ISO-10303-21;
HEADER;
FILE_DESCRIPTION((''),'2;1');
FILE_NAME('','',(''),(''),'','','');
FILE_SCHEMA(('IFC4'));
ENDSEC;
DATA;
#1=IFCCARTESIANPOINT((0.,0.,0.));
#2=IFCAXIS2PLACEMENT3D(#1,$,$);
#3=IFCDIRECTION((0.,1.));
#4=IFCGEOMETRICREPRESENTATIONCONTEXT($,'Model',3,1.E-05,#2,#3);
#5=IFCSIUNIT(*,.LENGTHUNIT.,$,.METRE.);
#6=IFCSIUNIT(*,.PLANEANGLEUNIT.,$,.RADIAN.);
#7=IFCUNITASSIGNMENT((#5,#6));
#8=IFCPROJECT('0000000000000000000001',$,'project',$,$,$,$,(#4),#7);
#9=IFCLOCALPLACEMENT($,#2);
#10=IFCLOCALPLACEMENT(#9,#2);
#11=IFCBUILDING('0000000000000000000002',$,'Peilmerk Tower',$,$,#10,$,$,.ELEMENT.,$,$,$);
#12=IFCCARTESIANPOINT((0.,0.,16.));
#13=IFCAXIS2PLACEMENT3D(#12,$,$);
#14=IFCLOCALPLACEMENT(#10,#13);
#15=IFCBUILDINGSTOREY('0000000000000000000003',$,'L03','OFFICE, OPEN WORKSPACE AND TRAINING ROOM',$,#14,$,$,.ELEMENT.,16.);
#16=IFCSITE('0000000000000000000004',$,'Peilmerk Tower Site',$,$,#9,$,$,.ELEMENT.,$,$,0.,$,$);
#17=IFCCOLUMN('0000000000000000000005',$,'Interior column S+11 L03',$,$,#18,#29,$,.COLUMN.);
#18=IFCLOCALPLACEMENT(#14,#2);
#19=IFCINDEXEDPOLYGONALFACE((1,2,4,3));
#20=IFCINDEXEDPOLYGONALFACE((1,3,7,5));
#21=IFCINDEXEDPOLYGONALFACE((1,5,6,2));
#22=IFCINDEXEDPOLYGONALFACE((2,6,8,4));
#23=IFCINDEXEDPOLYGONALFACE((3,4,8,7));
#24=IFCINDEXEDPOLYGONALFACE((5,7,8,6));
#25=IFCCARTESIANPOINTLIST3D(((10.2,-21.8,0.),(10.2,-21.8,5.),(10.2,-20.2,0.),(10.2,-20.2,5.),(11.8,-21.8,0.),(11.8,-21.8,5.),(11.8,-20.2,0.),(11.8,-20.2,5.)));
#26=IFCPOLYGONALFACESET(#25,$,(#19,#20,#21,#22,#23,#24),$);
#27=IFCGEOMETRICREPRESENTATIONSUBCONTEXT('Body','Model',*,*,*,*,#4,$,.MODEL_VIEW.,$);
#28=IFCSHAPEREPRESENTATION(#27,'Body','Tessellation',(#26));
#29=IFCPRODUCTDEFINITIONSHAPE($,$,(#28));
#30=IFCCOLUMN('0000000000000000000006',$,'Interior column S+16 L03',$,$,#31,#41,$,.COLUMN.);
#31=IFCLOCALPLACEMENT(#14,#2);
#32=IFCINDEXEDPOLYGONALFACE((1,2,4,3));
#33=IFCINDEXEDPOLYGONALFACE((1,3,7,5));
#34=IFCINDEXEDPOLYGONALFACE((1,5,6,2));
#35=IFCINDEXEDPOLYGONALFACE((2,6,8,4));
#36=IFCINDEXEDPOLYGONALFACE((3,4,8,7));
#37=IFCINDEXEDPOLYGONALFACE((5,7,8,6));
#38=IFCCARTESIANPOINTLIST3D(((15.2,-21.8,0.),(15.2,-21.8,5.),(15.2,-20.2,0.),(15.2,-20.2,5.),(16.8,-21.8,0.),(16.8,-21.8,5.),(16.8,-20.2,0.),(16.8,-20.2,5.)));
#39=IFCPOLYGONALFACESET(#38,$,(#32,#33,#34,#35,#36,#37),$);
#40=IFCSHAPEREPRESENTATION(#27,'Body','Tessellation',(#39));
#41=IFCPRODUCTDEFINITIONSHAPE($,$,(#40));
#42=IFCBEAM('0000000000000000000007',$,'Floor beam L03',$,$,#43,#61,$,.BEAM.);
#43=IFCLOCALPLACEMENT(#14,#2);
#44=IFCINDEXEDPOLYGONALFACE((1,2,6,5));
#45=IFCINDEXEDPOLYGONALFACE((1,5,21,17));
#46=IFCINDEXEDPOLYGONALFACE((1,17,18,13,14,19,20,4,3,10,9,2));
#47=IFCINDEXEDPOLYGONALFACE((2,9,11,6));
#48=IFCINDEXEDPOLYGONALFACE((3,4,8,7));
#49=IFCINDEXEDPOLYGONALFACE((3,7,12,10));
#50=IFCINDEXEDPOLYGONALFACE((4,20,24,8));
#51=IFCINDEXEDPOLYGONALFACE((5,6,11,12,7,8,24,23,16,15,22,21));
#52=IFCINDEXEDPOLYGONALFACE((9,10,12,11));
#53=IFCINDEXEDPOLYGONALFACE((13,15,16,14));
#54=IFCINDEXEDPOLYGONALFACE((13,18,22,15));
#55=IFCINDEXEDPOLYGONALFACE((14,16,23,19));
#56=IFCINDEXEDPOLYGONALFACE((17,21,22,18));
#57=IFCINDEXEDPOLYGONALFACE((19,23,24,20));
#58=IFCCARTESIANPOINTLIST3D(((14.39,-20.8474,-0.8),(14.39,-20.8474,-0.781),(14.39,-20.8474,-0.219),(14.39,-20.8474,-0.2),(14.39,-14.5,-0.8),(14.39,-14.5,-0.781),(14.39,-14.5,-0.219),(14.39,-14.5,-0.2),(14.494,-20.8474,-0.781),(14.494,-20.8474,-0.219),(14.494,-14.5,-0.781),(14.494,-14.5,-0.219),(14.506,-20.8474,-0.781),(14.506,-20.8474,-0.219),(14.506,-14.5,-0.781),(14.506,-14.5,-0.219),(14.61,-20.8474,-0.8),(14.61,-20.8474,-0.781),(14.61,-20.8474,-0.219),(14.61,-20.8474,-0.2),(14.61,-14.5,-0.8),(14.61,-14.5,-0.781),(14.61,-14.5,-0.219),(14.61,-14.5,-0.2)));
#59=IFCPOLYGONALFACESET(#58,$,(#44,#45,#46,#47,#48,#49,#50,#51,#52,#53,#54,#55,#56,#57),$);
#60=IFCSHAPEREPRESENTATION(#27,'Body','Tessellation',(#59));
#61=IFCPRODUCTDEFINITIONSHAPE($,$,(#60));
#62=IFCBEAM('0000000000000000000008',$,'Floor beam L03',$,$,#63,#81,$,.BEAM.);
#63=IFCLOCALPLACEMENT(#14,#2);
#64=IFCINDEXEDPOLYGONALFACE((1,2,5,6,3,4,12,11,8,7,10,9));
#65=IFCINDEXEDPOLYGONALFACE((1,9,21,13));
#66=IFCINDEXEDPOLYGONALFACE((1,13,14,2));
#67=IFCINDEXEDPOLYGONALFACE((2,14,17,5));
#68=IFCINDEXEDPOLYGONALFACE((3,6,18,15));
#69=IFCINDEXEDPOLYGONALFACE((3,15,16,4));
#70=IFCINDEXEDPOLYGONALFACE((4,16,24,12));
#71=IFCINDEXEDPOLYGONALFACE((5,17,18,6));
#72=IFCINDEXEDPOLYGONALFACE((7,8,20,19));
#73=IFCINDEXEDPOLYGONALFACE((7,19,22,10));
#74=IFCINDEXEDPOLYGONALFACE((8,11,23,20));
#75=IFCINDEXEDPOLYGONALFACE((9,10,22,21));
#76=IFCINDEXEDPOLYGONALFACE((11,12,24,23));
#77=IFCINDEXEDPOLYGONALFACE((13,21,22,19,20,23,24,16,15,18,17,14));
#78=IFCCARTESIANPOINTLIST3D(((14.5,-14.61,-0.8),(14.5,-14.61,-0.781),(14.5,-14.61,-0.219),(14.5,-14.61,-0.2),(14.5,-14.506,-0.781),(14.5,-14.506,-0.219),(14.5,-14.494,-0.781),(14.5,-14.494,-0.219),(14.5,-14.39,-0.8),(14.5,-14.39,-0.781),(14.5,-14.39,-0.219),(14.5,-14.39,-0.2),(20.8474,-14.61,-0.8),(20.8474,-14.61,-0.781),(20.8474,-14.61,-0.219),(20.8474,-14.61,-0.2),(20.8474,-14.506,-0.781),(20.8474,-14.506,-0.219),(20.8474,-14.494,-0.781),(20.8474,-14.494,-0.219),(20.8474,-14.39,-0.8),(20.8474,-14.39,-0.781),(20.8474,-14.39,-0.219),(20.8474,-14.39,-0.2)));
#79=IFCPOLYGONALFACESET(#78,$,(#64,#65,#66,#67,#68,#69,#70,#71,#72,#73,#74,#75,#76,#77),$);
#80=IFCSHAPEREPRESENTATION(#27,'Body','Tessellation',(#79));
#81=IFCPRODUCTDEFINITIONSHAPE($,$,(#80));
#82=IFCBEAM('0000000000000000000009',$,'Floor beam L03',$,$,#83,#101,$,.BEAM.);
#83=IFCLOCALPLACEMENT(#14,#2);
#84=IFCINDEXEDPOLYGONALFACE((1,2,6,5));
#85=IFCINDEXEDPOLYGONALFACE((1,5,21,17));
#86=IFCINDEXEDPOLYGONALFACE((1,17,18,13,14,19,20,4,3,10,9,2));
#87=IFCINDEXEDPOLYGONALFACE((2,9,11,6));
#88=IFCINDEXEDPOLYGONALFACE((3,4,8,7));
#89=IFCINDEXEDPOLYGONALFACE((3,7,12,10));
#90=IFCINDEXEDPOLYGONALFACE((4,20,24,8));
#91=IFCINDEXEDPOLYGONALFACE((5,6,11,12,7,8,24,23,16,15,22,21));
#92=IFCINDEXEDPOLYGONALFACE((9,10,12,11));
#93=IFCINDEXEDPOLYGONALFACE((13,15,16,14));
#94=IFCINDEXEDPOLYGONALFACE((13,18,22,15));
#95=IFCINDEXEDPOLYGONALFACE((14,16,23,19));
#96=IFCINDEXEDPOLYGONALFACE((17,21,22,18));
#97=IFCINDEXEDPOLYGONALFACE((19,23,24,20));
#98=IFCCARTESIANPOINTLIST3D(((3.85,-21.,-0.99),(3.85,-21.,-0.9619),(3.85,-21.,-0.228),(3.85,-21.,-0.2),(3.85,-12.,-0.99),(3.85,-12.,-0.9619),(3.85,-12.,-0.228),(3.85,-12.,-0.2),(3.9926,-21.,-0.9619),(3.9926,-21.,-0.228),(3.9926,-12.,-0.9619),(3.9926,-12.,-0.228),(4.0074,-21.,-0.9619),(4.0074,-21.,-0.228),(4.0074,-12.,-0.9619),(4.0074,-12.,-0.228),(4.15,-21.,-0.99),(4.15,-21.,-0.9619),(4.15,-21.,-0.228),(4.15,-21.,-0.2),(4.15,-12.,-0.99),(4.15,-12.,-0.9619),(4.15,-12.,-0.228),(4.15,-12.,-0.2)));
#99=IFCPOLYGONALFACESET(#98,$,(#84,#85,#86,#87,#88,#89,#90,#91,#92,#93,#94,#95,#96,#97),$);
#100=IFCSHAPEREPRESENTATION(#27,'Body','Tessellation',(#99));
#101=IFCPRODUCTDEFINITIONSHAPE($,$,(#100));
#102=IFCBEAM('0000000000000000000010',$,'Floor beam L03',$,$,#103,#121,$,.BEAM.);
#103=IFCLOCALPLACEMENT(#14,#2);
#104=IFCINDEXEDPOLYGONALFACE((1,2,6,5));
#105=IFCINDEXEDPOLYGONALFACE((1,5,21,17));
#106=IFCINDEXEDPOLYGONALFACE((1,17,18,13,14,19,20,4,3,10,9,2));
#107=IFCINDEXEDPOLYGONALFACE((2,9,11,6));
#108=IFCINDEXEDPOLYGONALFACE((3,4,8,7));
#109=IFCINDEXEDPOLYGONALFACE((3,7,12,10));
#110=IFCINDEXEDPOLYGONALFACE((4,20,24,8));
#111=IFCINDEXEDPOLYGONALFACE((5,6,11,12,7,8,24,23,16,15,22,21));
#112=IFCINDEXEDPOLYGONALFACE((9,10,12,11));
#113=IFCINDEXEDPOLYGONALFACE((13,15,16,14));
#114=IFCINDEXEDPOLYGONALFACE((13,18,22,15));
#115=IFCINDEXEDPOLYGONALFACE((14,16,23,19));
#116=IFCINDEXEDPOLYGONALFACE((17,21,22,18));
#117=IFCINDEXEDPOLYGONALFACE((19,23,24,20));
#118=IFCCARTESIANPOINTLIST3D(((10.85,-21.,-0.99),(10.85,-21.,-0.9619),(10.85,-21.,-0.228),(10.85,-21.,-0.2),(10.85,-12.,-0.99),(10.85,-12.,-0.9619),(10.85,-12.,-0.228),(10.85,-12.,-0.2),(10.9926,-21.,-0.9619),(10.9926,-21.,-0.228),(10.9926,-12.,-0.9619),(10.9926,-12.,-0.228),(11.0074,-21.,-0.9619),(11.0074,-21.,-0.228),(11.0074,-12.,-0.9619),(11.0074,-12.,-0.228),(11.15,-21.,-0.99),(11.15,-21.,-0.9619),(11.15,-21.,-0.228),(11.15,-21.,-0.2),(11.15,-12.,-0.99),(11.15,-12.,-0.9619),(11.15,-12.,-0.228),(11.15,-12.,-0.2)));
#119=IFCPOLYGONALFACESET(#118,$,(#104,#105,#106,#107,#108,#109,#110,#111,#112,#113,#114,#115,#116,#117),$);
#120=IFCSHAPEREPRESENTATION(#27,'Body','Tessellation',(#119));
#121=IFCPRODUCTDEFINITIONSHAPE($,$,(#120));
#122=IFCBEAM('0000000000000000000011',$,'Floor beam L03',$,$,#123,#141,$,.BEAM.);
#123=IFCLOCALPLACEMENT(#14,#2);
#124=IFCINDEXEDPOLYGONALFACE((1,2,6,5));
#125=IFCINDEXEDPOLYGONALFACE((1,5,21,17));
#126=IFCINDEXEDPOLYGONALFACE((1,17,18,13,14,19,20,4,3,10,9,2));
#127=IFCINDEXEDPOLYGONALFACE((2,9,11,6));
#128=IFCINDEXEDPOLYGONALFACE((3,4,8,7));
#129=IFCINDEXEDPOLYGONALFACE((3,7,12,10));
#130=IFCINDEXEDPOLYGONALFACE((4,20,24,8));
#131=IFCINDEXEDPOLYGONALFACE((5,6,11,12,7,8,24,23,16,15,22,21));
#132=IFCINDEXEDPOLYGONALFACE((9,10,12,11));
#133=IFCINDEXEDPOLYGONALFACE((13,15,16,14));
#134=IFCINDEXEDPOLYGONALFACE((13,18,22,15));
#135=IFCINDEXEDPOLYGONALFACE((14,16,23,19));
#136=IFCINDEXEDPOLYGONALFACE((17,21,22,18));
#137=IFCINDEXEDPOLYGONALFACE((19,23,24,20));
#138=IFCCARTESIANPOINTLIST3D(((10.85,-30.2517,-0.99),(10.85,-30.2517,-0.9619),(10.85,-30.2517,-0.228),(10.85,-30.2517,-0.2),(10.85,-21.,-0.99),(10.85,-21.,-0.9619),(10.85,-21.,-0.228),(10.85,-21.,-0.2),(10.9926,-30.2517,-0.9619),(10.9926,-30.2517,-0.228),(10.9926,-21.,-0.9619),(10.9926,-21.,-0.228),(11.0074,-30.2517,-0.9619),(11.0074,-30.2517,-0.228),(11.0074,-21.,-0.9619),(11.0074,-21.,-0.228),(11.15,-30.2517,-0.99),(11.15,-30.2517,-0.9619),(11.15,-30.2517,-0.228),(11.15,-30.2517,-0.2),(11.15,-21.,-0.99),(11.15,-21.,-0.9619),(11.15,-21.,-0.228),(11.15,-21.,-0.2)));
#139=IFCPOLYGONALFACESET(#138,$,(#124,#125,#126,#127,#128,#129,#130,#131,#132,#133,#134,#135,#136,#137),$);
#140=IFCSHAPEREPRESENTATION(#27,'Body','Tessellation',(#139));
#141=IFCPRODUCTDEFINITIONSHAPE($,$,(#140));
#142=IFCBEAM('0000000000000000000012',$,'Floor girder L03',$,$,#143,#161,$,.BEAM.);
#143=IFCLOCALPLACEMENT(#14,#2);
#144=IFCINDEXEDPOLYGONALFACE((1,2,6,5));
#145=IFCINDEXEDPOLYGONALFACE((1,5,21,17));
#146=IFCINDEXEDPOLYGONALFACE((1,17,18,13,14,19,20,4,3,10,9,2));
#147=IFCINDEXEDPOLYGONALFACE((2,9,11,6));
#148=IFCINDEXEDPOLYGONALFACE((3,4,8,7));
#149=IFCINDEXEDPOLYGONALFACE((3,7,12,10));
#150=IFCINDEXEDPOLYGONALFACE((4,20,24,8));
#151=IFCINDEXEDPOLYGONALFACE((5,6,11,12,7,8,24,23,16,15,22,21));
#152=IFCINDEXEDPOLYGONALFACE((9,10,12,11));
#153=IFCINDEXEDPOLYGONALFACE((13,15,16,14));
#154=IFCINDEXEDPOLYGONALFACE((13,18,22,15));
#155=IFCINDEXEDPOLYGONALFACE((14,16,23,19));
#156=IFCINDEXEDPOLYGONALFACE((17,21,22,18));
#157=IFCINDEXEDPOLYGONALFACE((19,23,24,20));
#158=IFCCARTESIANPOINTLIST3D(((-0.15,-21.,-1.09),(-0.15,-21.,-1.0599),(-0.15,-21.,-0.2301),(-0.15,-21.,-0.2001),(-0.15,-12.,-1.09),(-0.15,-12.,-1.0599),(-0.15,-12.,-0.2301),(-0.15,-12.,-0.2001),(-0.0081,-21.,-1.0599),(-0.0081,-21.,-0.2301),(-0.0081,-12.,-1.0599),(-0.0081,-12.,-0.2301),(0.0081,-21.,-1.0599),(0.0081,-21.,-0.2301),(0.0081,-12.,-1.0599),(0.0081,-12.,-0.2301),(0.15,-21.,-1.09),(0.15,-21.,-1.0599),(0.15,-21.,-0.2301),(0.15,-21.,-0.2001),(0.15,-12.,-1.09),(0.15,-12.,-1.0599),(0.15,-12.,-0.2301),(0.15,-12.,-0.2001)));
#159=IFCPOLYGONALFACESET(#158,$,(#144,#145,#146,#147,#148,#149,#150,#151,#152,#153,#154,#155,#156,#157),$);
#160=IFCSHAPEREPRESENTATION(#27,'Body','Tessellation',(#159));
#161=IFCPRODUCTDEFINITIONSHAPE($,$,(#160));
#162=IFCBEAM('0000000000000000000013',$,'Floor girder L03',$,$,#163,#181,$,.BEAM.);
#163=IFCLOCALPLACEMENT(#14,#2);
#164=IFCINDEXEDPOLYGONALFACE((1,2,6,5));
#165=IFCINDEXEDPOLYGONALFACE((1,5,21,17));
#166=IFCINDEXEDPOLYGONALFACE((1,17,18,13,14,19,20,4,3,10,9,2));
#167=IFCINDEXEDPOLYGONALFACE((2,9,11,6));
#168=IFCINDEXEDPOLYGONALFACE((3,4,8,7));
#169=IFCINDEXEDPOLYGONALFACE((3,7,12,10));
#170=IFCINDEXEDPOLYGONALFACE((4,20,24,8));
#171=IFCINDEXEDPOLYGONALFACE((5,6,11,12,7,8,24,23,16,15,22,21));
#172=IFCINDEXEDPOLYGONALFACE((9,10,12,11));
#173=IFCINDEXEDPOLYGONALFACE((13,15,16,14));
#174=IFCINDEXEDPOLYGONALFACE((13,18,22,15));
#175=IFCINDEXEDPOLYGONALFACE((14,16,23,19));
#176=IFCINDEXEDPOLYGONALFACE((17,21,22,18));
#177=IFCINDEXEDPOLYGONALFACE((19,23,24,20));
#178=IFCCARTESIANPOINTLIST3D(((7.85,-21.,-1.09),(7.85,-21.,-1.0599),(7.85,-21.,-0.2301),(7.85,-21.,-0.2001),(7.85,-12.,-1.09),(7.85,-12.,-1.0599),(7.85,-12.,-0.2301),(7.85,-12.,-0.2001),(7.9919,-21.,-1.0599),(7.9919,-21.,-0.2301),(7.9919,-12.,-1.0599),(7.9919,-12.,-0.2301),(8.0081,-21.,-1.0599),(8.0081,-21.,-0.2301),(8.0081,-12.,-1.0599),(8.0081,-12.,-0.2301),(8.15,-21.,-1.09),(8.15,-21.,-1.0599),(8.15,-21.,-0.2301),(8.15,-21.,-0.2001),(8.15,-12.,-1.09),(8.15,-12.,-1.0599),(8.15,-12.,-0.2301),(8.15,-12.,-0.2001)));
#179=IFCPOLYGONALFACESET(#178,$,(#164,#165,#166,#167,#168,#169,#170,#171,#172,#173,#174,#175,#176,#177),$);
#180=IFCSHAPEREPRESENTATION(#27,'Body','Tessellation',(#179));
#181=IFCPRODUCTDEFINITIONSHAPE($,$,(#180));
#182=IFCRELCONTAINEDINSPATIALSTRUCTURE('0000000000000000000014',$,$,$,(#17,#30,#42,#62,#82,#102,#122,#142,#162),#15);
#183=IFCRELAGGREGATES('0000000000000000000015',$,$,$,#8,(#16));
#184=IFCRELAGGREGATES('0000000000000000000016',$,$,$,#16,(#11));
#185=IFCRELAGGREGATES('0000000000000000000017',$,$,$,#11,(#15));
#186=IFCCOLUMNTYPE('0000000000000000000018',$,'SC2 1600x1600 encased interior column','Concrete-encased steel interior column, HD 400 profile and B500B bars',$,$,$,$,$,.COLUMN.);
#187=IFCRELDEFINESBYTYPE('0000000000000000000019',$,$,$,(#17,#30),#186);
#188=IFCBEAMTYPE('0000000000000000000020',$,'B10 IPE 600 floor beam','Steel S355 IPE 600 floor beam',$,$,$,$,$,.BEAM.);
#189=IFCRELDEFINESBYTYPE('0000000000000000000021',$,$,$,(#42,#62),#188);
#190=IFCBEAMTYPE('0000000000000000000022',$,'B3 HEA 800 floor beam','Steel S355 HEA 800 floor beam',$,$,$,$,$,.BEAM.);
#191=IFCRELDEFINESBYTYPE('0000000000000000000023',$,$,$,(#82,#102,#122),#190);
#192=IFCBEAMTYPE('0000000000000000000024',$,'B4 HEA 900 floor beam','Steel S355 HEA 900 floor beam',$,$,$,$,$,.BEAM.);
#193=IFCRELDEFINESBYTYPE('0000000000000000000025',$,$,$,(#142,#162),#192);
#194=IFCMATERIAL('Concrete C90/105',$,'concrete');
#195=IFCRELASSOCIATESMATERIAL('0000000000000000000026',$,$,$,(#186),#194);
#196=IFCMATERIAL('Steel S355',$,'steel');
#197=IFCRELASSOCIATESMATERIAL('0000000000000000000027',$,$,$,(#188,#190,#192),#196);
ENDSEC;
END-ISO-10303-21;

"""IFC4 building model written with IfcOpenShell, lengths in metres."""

from ifc_helpers import new_model, si_unit, direction, frame, origin, origin_2d, place, context, subcontext, project, spatial, rectangle, i_section, extrude, material, material_profile, profile_set, type_object, element, save


model = new_model("IFC4")

# Units and contexts
model_context = context("Model", 3, precision=1e-05, world=origin(), true_north=direction((0.0, 1.0)))
body_context = subcontext(model_context, "Body", "Model", "MODEL_VIEW")
ifc_project = project(units=[si_unit("LENGTHUNIT", "METRE"), si_unit("PLANEANGLEUNIT", "RADIAN")], contexts=[model_context])

# Site, building, storey
site_placement = place(None, origin())
site = spatial("IfcSite", under=ifc_project, at=site_placement, Name="Peilmerk Tower Site", CompositionType="ELEMENT", RefElevation=0.0)
building_placement = place(site_placement, origin())
building = spatial("IfcBuilding", under=site, at=building_placement, Name="Peilmerk Tower", CompositionType="ELEMENT")
storey_placement = place(building_placement, frame((0.0, 0.0, 16.0)))
storey = spatial("IfcBuildingStorey", under=building, at=storey_placement, Name="L03", Description="OFFICE, OPEN WORKSPACE AND TRAINING ROOM", CompositionType="ELEMENT", Elevation=16.0)

# Columns
ifc_material_1 = material(Name="Concrete C90/105", Category="concrete")
ifc_material_profile_1 = material_profile(ifc_material_1, rectangle(XDim=1.6001, YDim=1.6001, at=origin_2d()), Name="RC 1600x1600")
ifc_profile_set_1 = profile_set([ifc_material_profile_1], Name="Concrete C90/105")
column_type = type_object("IfcColumnType", Name="SC2 1600x1600 encased interior column", Description="Concrete-encased steel interior column, HD 400 profile and B500B bars", PredefinedType="COLUMN", material=ifc_profile_set_1)
for number, where, z_axis, x_axis, name in (
    (1, (11.0, -21.0, 0.0), (0.0, 0.0, 1.0), (1.0, 0.0, 0.0), "Interior column S+11 L03"),
    (2, (16.0, -21.0, 0.0), (0.0, 0.0, 1.0), (1.0, 0.0, 0.0), "Interior column S+16 L03"),
):
    element("IfcColumn", number, at=place(storey_placement, frame(where, z_axis=z_axis, x_axis=x_axis)), inside=storey, type_object=column_type, Name=name, PredefinedType="COLUMN", context=body_context, shape_type="SweptSolid", body=[
        extrude(rectangle(XDim=1.6001, YDim=1.6001, at=origin_2d()), origin(), (0.0, 0.0, 1.0), 5.0),
    ])

# Beams
ifc_material_2 = material(Name="Steel S355", Category="steel")
ifc_material_profile_2 = material_profile(ifc_material_2, i_section(OverallWidth=0.22, OverallDepth=0.6001, WebThickness=0.012, FlangeThickness=0.019, at=origin_2d()), Name="IPE 600")
ifc_profile_set_2 = profile_set([ifc_material_profile_2], Name="Steel S355")
beam_type_1 = type_object("IfcBeamType", Name="B10 IPE 600 floor beam", Description="Steel S355 IPE 600 floor beam", PredefinedType="BEAM", material=ifc_profile_set_2)
for number, where, z_axis, x_axis, name in (
    (3, (14.5, -14.5, -0.5), (0.0, -1.0, 0.0), (1.0, 0.0, 0.0), "Floor beam L03"),
    (4, (14.5, -14.5, -0.5), (1.0, 0.0, 0.0), (0.0, 1.0, 0.0), "Floor beam L03"),
):
    element("IfcBeam", number, at=place(storey_placement, frame(where, z_axis=z_axis, x_axis=x_axis)), inside=storey, type_object=beam_type_1, Name=name, PredefinedType="BEAM", context=body_context, shape_type="SweptSolid", body=[
        extrude(i_section(OverallWidth=0.22, OverallDepth=0.6001, WebThickness=0.012, FlangeThickness=0.019, at=origin_2d()), origin(), (0.0, 0.0, 1.0), 6.3474),
    ])
ifc_material_profile_3 = material_profile(ifc_material_2, i_section(OverallWidth=0.3, OverallDepth=0.79, WebThickness=0.0149, FlangeThickness=0.0281, at=origin_2d()), Name="HEA 800")
ifc_profile_set_3 = profile_set([ifc_material_profile_3], Name="Steel S355")
beam_type_2 = type_object("IfcBeamType", Name="B3 HEA 800 floor beam", Description="Steel S355 HEA 800 floor beam", PredefinedType="BEAM", material=ifc_profile_set_3)
for number, where, z_axis, x_axis, name in (
    (5, (4.0, -12.0, -0.595), (0.0, -1.0, 0.0), (1.0, 0.0, 0.0), "Floor beam L03"),
    (6, (11.0, -12.0, -0.595), (0.0, -1.0, 0.0), (1.0, 0.0, 0.0), "Floor beam L03"),
):
    element("IfcBeam", number, at=place(storey_placement, frame(where, z_axis=z_axis, x_axis=x_axis)), inside=storey, type_object=beam_type_2, Name=name, PredefinedType="BEAM", context=body_context, shape_type="SweptSolid", body=[
        extrude(i_section(OverallWidth=0.3, OverallDepth=0.79, WebThickness=0.0149, FlangeThickness=0.0281, at=origin_2d()), origin(), (0.0, 0.0, 1.0), 9.0),
    ])
beam_1_placement = place(storey_placement, frame((11.0, -21.0, -0.595), z_axis=(0.0, -1.0, 0.0), x_axis=(1.0, 0.0, 0.0)))
element("IfcBeam", 7, at=beam_1_placement, inside=storey, type_object=beam_type_2, Name="Floor beam L03", PredefinedType="BEAM", context=body_context, shape_type="SweptSolid", body=[
    extrude(i_section(OverallWidth=0.3, OverallDepth=0.79, WebThickness=0.0149, FlangeThickness=0.0281, at=origin_2d()), origin(), (0.0, 0.0, 1.0), 9.2517),
])
ifc_material_profile_4 = material_profile(ifc_material_2, i_section(OverallWidth=0.3, OverallDepth=0.8899, WebThickness=0.0161, FlangeThickness=0.03, at=origin_2d()), Name="HEA 900")
ifc_profile_set_4 = profile_set([ifc_material_profile_4], Name="Steel S355")
beam_type_3 = type_object("IfcBeamType", Name="B4 HEA 900 floor beam", Description="Steel S355 HEA 900 floor beam", PredefinedType="BEAM", material=ifc_profile_set_4)
for number, where, z_axis, x_axis, name in (
    (8, (0.0, -12.0, -0.645), (0.0, -1.0, 0.0), (1.0, 0.0, 0.0), "Floor girder L03"),
    (9, (8.0, -12.0, -0.645), (0.0, -1.0, 0.0), (1.0, 0.0, 0.0), "Floor girder L03"),
):
    element("IfcBeam", number, at=place(storey_placement, frame(where, z_axis=z_axis, x_axis=x_axis)), inside=storey, type_object=beam_type_3, Name=name, PredefinedType="BEAM", context=body_context, shape_type="SweptSolid", body=[
        extrude(i_section(OverallWidth=0.3, OverallDepth=0.8899, WebThickness=0.0161, FlangeThickness=0.03, at=origin_2d()), origin(), (0.0, 0.0, 1.0), 9.0),
    ])

save(model, "model.ifc")
